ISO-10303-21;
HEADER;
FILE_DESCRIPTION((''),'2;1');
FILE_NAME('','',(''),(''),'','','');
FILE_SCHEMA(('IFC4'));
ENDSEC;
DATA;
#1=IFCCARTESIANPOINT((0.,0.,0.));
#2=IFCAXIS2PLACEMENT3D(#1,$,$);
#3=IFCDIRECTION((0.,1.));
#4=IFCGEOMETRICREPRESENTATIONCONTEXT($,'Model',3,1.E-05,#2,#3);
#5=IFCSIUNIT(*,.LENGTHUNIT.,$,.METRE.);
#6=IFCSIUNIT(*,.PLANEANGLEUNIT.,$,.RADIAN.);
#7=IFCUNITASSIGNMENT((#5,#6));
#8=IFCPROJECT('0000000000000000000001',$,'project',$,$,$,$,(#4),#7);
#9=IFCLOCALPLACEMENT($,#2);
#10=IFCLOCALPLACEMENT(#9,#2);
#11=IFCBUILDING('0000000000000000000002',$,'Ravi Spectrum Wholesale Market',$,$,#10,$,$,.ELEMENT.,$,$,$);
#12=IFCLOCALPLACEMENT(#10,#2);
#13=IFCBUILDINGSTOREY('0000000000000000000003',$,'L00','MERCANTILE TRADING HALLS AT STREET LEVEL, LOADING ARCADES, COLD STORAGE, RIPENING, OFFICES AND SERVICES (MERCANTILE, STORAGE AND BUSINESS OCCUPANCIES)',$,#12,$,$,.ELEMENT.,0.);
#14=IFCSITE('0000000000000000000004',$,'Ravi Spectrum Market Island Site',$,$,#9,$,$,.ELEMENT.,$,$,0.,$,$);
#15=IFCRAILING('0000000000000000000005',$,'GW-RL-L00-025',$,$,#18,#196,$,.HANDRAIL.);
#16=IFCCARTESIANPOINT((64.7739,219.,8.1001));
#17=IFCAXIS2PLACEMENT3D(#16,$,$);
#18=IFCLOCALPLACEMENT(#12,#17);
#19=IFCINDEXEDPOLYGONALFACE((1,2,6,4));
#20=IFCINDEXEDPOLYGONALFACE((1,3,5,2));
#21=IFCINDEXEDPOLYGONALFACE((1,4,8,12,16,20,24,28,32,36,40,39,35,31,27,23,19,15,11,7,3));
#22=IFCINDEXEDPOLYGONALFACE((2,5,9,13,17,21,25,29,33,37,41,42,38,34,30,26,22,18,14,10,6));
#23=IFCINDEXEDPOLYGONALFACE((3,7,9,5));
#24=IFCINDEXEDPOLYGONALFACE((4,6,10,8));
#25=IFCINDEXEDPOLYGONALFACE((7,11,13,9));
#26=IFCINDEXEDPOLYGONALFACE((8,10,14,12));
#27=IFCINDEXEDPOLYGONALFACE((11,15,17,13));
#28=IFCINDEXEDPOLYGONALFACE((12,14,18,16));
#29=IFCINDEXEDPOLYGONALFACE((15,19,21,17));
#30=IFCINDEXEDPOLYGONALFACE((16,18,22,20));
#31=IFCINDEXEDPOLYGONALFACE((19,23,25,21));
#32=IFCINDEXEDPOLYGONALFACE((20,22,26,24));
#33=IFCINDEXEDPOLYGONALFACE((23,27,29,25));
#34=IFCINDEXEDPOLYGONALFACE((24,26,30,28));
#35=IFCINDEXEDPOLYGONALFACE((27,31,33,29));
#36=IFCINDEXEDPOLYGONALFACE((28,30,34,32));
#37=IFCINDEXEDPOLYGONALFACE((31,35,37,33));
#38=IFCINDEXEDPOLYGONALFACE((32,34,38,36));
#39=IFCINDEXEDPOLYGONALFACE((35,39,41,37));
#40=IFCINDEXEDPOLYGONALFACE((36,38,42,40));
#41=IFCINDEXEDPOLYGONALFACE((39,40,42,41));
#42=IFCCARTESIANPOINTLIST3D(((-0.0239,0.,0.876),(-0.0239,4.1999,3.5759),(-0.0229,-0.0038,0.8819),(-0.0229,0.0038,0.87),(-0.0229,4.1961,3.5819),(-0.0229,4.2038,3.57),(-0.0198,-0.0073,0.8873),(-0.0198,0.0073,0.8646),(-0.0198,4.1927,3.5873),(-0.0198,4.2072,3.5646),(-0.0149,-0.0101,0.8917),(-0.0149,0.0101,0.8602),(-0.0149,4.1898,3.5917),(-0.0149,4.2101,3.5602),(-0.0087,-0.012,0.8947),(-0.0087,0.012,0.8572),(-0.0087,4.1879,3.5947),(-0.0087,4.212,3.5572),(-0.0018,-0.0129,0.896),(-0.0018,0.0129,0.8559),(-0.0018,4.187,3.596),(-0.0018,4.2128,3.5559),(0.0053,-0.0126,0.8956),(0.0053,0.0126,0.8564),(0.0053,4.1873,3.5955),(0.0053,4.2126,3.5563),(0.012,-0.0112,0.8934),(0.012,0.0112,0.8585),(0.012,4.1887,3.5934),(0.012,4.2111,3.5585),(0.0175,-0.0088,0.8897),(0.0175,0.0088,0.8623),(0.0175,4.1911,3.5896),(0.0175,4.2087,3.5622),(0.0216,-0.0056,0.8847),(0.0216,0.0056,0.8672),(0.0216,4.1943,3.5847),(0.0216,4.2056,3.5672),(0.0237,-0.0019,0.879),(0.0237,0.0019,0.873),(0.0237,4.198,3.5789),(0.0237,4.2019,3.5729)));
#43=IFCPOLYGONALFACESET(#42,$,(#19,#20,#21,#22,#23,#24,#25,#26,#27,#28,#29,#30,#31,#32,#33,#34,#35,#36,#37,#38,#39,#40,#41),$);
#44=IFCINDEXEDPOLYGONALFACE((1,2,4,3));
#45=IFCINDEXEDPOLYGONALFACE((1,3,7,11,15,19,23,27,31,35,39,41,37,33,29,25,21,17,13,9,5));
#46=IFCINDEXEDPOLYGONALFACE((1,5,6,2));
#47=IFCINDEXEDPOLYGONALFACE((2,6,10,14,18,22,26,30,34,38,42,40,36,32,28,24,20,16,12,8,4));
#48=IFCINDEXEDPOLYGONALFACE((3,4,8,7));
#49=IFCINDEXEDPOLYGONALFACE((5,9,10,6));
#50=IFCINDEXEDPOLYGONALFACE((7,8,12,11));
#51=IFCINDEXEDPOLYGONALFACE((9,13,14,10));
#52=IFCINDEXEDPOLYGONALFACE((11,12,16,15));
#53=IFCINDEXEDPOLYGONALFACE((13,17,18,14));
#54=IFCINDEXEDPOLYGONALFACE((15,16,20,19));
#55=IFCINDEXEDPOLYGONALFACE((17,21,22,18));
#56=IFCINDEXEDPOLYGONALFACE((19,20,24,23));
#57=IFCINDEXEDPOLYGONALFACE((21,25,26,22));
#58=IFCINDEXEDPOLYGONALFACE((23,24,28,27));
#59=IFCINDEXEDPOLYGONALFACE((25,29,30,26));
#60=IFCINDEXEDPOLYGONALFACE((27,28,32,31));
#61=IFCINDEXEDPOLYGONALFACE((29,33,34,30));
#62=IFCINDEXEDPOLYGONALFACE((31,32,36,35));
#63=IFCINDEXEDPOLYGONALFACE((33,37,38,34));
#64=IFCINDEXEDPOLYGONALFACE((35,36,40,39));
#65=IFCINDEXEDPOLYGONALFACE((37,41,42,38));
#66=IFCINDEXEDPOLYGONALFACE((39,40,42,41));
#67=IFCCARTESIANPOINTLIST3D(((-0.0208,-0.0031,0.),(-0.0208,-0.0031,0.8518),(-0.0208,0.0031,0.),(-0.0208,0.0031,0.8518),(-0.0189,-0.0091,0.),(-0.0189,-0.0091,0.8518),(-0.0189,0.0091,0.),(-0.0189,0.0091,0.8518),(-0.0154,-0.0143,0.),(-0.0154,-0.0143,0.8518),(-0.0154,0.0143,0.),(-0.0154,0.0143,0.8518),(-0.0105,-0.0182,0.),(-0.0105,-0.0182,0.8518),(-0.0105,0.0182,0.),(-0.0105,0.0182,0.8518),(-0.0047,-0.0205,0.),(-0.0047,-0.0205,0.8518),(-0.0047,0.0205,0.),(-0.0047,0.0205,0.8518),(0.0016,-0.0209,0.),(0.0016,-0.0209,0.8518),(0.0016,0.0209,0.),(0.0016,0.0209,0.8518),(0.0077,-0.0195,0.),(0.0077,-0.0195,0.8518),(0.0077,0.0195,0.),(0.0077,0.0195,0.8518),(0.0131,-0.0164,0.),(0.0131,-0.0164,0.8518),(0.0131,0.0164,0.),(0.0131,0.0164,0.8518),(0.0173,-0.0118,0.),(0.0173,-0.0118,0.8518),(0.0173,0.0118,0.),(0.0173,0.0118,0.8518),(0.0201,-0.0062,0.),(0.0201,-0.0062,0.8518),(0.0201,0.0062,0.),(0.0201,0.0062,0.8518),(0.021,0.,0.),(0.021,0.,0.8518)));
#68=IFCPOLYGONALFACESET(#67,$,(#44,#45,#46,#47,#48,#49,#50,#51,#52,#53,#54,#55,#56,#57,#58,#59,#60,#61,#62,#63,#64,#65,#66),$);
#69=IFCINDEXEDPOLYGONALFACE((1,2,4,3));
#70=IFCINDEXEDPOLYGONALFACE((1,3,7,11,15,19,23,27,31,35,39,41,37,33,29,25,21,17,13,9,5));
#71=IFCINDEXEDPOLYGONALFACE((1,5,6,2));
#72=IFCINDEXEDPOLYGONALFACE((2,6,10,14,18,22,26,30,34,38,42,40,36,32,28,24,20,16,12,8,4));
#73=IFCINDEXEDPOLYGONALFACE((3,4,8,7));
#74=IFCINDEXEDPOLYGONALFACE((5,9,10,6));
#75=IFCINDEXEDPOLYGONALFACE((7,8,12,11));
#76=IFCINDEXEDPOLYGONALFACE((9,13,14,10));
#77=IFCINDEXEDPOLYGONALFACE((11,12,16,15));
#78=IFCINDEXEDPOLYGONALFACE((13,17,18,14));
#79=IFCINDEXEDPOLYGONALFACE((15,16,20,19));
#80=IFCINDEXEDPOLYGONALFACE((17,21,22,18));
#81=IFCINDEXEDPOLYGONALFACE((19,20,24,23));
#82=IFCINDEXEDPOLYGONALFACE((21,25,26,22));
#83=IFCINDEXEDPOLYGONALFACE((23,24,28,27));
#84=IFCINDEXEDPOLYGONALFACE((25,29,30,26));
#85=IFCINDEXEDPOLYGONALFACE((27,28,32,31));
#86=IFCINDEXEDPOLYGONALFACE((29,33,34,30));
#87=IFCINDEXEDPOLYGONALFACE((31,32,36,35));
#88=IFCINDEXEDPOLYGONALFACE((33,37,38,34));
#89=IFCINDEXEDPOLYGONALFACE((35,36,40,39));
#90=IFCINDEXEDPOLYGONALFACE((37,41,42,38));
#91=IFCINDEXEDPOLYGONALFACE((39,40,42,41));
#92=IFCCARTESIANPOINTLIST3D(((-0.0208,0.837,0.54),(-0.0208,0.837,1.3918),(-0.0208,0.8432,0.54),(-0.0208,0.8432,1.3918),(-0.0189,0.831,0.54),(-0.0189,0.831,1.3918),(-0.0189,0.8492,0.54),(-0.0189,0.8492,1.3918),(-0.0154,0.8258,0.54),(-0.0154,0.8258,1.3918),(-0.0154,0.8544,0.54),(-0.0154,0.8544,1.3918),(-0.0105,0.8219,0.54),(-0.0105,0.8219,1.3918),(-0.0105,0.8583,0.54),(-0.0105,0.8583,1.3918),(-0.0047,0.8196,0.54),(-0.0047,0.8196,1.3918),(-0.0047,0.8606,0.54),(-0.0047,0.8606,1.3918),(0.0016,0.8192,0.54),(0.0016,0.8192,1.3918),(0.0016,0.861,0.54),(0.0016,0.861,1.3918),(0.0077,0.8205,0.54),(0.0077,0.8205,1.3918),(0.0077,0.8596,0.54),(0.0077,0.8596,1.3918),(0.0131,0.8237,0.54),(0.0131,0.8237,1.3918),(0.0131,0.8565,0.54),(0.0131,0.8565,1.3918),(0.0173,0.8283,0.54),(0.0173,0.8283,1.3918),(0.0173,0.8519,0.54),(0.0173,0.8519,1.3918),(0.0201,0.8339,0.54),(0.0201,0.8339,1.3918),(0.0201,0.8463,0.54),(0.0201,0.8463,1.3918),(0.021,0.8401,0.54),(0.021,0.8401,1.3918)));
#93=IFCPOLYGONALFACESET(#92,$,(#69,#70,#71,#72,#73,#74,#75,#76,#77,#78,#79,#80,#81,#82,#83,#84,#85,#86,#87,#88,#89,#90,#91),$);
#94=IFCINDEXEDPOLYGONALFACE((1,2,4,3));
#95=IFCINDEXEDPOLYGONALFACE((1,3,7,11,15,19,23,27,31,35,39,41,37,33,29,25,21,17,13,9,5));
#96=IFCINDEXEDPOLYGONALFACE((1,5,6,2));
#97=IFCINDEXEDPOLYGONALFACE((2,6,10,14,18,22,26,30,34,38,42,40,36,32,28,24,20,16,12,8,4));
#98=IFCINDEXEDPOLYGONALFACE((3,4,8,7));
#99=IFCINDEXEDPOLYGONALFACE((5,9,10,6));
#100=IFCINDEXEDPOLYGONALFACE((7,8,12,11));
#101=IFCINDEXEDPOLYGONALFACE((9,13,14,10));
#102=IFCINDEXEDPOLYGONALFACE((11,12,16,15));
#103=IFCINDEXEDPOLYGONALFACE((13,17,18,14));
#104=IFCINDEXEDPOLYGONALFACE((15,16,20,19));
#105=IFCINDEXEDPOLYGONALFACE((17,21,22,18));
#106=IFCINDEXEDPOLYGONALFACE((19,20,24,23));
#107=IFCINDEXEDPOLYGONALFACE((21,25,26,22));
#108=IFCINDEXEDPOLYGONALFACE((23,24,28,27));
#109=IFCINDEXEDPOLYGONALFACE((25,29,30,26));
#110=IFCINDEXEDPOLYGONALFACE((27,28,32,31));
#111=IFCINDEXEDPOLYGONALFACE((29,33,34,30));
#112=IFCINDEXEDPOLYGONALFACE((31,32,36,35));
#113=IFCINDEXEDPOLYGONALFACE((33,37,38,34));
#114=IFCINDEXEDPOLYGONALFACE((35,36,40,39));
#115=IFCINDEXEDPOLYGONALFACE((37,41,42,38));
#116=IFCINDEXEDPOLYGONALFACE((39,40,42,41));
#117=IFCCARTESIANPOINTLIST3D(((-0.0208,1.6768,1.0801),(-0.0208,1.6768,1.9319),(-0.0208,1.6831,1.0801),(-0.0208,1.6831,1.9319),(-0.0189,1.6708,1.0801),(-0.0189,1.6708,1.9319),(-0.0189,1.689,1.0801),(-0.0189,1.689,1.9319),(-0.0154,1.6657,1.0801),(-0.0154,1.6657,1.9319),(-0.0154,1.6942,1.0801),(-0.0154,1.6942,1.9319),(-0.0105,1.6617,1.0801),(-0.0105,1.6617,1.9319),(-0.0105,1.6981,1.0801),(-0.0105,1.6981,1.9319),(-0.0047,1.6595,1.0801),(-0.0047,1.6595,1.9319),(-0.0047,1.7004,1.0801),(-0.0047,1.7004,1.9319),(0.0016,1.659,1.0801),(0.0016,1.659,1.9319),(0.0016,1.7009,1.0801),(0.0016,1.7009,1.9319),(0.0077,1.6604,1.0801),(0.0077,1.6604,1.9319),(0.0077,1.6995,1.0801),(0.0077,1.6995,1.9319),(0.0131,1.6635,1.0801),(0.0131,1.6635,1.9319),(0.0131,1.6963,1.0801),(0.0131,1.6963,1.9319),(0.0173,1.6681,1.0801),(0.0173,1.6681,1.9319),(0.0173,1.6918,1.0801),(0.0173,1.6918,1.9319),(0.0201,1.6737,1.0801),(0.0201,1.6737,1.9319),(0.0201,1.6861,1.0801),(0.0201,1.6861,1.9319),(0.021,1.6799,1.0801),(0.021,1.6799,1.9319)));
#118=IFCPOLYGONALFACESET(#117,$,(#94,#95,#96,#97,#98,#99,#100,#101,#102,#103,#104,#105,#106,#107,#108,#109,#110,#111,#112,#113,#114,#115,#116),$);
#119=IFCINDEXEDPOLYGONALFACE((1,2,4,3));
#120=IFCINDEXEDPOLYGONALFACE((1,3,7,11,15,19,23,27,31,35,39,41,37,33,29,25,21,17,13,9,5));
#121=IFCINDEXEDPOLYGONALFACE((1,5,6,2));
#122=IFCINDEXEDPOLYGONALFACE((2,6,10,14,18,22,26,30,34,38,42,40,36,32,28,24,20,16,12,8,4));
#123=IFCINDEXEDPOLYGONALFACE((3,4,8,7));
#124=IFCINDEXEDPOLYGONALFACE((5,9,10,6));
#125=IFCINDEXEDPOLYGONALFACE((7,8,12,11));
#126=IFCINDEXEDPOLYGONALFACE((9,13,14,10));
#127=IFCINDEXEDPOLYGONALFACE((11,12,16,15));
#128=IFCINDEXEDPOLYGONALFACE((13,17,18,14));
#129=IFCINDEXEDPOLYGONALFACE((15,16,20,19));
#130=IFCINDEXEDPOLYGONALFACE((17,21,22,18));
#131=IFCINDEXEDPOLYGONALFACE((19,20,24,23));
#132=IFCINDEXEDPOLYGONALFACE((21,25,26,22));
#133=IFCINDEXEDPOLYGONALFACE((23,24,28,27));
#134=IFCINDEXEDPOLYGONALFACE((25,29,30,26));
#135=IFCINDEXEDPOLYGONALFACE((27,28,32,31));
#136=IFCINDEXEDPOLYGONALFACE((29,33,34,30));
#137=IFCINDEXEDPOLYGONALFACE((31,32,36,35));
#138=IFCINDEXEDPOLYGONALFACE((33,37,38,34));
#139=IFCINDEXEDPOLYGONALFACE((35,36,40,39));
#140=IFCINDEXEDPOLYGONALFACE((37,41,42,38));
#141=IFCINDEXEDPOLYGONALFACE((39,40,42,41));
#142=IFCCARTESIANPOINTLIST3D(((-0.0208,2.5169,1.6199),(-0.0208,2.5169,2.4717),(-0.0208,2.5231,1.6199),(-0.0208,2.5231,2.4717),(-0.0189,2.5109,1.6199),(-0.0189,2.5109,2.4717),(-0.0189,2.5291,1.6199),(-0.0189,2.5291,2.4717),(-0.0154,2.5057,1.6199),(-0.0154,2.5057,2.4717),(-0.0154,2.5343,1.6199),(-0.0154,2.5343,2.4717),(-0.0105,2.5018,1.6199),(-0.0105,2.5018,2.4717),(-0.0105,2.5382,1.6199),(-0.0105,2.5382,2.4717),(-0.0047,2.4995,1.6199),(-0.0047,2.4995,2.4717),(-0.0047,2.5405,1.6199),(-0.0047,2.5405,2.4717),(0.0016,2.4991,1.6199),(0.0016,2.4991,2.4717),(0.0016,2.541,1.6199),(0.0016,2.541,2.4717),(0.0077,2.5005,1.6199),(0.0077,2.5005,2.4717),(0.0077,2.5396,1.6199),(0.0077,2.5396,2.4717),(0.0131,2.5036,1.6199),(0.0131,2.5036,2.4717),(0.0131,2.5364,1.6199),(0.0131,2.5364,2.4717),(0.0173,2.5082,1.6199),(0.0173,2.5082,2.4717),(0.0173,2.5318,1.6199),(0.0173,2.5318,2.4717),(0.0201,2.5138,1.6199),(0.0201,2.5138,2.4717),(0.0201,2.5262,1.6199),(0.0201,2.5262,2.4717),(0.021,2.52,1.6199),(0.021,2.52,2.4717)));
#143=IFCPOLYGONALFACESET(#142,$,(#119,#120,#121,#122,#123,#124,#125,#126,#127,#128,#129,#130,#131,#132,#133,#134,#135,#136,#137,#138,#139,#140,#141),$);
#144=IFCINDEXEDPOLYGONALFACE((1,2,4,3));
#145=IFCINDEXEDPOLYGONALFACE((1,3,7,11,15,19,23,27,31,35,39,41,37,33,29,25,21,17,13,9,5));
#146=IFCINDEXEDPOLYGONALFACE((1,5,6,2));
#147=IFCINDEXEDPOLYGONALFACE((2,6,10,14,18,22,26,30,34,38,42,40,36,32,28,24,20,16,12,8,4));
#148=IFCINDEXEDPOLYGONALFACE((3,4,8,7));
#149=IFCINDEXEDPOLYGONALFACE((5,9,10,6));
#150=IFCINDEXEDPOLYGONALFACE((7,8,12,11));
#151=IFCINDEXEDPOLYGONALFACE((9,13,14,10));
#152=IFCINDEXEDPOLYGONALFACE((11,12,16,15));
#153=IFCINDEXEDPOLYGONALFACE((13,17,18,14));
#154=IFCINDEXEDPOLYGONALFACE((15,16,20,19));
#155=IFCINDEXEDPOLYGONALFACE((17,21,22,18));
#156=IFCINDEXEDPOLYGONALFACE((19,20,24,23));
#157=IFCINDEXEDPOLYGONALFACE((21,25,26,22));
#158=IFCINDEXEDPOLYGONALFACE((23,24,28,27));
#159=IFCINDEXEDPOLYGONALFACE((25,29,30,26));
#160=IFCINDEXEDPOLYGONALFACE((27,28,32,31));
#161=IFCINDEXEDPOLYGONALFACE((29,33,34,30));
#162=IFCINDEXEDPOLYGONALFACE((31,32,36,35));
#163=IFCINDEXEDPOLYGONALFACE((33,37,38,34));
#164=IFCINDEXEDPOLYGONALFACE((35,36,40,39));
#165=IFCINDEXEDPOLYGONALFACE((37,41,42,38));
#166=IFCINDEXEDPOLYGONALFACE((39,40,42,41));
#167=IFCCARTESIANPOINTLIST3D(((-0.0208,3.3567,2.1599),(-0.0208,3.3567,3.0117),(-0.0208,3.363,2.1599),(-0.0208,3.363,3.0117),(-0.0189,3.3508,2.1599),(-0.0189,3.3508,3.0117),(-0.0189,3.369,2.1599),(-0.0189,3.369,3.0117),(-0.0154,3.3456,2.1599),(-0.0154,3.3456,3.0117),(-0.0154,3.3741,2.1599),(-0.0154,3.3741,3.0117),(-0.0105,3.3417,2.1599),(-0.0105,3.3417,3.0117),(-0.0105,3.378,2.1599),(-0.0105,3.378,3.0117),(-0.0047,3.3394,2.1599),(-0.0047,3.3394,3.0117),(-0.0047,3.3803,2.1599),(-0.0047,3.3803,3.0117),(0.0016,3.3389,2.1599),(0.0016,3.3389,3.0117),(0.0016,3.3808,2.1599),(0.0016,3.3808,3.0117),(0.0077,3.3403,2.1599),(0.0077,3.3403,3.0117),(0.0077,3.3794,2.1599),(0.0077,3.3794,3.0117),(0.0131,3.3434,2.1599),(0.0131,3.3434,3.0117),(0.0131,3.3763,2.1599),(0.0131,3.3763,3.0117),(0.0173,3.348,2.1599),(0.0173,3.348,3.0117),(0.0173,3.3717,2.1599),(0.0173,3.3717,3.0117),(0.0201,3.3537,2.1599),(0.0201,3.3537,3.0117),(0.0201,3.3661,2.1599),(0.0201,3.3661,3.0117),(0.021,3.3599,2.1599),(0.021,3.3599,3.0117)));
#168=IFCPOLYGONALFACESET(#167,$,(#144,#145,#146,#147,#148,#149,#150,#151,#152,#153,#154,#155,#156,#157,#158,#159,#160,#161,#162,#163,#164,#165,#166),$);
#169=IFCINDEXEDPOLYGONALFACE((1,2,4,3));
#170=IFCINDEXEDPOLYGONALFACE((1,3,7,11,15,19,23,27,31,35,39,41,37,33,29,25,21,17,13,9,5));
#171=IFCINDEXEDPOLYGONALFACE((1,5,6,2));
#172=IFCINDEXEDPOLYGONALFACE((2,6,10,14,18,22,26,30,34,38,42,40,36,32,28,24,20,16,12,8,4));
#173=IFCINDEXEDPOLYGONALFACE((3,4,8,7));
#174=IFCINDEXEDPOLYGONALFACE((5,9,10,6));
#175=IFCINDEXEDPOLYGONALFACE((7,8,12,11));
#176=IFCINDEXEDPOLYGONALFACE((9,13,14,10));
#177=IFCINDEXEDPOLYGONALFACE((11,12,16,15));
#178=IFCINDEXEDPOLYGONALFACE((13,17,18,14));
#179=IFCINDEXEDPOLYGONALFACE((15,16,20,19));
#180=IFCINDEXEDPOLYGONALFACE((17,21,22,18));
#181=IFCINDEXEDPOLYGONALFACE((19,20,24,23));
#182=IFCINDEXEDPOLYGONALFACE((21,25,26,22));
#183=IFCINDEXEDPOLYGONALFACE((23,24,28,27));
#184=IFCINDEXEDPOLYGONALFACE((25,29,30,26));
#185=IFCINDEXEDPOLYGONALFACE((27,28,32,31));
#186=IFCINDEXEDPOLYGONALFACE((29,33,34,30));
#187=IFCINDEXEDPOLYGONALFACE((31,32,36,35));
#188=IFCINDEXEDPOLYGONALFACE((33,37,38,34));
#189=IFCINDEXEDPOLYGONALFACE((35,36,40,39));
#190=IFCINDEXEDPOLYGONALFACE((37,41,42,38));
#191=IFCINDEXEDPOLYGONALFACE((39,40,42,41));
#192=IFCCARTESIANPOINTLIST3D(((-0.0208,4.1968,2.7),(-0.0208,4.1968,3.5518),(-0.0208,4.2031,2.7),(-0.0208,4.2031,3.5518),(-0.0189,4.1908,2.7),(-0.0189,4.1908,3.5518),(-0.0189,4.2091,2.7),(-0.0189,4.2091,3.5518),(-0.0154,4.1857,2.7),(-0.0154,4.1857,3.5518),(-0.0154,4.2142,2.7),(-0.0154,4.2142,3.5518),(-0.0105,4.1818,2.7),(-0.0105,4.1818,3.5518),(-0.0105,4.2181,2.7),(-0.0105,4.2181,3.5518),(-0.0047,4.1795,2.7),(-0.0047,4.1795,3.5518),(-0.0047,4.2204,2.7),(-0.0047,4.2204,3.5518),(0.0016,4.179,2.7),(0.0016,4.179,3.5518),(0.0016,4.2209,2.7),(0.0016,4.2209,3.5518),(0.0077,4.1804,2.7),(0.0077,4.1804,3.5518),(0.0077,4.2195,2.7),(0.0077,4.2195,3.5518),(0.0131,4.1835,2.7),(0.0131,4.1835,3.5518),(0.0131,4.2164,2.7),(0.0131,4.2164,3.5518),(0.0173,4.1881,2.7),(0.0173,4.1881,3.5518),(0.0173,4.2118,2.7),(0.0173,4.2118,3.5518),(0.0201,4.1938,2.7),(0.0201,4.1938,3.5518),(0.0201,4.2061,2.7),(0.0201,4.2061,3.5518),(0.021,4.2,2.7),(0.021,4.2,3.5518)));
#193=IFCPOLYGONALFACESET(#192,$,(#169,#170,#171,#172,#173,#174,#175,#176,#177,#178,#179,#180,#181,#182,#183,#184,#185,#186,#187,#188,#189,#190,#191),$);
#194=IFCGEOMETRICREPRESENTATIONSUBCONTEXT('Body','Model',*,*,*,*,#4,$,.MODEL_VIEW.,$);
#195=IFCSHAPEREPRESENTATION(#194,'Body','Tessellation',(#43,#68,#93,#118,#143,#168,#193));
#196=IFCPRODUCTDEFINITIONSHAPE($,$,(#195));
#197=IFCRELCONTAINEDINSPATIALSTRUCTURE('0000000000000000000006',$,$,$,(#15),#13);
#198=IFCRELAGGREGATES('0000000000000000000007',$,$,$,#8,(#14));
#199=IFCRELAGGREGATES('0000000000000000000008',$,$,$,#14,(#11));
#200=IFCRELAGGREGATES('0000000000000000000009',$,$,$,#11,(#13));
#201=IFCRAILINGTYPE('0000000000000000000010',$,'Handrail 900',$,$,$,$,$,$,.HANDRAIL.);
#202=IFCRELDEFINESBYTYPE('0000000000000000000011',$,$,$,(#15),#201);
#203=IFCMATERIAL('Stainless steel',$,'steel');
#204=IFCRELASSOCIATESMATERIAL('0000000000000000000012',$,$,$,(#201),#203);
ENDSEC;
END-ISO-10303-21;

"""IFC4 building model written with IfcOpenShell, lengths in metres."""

from ifc_helpers import new_model, si_unit, direction, frame, origin, origin_2d, place, context, subcontext, project, spatial, circle, extrude, material, type_object, element, save


model = new_model("IFC4")

# Units and contexts
model_context = context("Model", 3, precision=1e-05, world=origin(), true_north=direction((0.0, 1.0)))
body_context = subcontext(model_context, "Body", "Model", "MODEL_VIEW")
ifc_project = project(units=[si_unit("LENGTHUNIT", "METRE"), si_unit("PLANEANGLEUNIT", "RADIAN")], contexts=[model_context])

# Site, building, storey
site_placement = place(None, origin())
site = spatial("IfcSite", under=ifc_project, at=site_placement, Name="Ravi Spectrum Market Island Site", CompositionType="ELEMENT", RefElevation=0.0)
building_placement = place(site_placement, origin())
building = spatial("IfcBuilding", under=site, at=building_placement, Name="Ravi Spectrum Wholesale Market", CompositionType="ELEMENT")
storey_placement = place(building_placement, origin())
storey = spatial("IfcBuildingStorey", under=building, at=storey_placement, Name="L00", Description="MERCANTILE TRADING HALLS AT STREET LEVEL, LOADING ARCADES, COLD STORAGE, RIPENING, OFFICES AND SERVICES (MERCANTILE, STORAGE AND BUSINESS OCCUPANCIES)", CompositionType="ELEMENT", Elevation=0.0)

# Railing
ifc_material_1 = material(Name="Stainless steel", Category="steel")
railing_type_1 = type_object("IfcRailingType", Name="Handrail 900", PredefinedType="HANDRAIL", material=ifc_material_1)
for number, where, name in (
    (1, (64.7739, 219.0, 8.1001), "GW-RL-L00-025"),
):
    element("IfcRailing", number, at=place(storey_placement, frame(where)), inside=storey, type_object=railing_type_1, Name=name, PredefinedType="HANDRAIL", context=body_context, shape_type="SweptSolid", body=[
        extrude(circle(Radius=0.0239, at=origin_2d()), frame((0.0, 0.0, 0.876), z_axis=(0.0, 0.84118, 0.540755), x_axis=(-1.0, 0.0, 0.0)), (0.0, 0.0, 1.0), 4.9929),
        extrude(circle(Radius=0.021, at=origin_2d()), origin(), (0.0, 0.0, 1.0), 0.8518),
        extrude(circle(Radius=0.021, at=origin_2d()), frame((0.0, 0.8401, 0.54)), (0.0, 0.0, 1.0), 0.8518),
        extrude(circle(Radius=0.021, at=origin_2d()), frame((0.0, 1.6799, 1.0801)), (0.0, 0.0, 1.0), 0.8518),
        extrude(circle(Radius=0.021, at=origin_2d()), frame((0.0, 2.52, 1.6199)), (0.0, 0.0, 1.0), 0.8518),
        extrude(circle(Radius=0.021, at=origin_2d()), frame((0.0, 3.3599, 2.1599)), (0.0, 0.0, 1.0), 0.8518),
        extrude(circle(Radius=0.021, at=origin_2d()), frame((0.0, 4.2, 2.7)), (0.0, 0.0, 1.0), 0.8518),
    ])

save(model, "model.ifc")
